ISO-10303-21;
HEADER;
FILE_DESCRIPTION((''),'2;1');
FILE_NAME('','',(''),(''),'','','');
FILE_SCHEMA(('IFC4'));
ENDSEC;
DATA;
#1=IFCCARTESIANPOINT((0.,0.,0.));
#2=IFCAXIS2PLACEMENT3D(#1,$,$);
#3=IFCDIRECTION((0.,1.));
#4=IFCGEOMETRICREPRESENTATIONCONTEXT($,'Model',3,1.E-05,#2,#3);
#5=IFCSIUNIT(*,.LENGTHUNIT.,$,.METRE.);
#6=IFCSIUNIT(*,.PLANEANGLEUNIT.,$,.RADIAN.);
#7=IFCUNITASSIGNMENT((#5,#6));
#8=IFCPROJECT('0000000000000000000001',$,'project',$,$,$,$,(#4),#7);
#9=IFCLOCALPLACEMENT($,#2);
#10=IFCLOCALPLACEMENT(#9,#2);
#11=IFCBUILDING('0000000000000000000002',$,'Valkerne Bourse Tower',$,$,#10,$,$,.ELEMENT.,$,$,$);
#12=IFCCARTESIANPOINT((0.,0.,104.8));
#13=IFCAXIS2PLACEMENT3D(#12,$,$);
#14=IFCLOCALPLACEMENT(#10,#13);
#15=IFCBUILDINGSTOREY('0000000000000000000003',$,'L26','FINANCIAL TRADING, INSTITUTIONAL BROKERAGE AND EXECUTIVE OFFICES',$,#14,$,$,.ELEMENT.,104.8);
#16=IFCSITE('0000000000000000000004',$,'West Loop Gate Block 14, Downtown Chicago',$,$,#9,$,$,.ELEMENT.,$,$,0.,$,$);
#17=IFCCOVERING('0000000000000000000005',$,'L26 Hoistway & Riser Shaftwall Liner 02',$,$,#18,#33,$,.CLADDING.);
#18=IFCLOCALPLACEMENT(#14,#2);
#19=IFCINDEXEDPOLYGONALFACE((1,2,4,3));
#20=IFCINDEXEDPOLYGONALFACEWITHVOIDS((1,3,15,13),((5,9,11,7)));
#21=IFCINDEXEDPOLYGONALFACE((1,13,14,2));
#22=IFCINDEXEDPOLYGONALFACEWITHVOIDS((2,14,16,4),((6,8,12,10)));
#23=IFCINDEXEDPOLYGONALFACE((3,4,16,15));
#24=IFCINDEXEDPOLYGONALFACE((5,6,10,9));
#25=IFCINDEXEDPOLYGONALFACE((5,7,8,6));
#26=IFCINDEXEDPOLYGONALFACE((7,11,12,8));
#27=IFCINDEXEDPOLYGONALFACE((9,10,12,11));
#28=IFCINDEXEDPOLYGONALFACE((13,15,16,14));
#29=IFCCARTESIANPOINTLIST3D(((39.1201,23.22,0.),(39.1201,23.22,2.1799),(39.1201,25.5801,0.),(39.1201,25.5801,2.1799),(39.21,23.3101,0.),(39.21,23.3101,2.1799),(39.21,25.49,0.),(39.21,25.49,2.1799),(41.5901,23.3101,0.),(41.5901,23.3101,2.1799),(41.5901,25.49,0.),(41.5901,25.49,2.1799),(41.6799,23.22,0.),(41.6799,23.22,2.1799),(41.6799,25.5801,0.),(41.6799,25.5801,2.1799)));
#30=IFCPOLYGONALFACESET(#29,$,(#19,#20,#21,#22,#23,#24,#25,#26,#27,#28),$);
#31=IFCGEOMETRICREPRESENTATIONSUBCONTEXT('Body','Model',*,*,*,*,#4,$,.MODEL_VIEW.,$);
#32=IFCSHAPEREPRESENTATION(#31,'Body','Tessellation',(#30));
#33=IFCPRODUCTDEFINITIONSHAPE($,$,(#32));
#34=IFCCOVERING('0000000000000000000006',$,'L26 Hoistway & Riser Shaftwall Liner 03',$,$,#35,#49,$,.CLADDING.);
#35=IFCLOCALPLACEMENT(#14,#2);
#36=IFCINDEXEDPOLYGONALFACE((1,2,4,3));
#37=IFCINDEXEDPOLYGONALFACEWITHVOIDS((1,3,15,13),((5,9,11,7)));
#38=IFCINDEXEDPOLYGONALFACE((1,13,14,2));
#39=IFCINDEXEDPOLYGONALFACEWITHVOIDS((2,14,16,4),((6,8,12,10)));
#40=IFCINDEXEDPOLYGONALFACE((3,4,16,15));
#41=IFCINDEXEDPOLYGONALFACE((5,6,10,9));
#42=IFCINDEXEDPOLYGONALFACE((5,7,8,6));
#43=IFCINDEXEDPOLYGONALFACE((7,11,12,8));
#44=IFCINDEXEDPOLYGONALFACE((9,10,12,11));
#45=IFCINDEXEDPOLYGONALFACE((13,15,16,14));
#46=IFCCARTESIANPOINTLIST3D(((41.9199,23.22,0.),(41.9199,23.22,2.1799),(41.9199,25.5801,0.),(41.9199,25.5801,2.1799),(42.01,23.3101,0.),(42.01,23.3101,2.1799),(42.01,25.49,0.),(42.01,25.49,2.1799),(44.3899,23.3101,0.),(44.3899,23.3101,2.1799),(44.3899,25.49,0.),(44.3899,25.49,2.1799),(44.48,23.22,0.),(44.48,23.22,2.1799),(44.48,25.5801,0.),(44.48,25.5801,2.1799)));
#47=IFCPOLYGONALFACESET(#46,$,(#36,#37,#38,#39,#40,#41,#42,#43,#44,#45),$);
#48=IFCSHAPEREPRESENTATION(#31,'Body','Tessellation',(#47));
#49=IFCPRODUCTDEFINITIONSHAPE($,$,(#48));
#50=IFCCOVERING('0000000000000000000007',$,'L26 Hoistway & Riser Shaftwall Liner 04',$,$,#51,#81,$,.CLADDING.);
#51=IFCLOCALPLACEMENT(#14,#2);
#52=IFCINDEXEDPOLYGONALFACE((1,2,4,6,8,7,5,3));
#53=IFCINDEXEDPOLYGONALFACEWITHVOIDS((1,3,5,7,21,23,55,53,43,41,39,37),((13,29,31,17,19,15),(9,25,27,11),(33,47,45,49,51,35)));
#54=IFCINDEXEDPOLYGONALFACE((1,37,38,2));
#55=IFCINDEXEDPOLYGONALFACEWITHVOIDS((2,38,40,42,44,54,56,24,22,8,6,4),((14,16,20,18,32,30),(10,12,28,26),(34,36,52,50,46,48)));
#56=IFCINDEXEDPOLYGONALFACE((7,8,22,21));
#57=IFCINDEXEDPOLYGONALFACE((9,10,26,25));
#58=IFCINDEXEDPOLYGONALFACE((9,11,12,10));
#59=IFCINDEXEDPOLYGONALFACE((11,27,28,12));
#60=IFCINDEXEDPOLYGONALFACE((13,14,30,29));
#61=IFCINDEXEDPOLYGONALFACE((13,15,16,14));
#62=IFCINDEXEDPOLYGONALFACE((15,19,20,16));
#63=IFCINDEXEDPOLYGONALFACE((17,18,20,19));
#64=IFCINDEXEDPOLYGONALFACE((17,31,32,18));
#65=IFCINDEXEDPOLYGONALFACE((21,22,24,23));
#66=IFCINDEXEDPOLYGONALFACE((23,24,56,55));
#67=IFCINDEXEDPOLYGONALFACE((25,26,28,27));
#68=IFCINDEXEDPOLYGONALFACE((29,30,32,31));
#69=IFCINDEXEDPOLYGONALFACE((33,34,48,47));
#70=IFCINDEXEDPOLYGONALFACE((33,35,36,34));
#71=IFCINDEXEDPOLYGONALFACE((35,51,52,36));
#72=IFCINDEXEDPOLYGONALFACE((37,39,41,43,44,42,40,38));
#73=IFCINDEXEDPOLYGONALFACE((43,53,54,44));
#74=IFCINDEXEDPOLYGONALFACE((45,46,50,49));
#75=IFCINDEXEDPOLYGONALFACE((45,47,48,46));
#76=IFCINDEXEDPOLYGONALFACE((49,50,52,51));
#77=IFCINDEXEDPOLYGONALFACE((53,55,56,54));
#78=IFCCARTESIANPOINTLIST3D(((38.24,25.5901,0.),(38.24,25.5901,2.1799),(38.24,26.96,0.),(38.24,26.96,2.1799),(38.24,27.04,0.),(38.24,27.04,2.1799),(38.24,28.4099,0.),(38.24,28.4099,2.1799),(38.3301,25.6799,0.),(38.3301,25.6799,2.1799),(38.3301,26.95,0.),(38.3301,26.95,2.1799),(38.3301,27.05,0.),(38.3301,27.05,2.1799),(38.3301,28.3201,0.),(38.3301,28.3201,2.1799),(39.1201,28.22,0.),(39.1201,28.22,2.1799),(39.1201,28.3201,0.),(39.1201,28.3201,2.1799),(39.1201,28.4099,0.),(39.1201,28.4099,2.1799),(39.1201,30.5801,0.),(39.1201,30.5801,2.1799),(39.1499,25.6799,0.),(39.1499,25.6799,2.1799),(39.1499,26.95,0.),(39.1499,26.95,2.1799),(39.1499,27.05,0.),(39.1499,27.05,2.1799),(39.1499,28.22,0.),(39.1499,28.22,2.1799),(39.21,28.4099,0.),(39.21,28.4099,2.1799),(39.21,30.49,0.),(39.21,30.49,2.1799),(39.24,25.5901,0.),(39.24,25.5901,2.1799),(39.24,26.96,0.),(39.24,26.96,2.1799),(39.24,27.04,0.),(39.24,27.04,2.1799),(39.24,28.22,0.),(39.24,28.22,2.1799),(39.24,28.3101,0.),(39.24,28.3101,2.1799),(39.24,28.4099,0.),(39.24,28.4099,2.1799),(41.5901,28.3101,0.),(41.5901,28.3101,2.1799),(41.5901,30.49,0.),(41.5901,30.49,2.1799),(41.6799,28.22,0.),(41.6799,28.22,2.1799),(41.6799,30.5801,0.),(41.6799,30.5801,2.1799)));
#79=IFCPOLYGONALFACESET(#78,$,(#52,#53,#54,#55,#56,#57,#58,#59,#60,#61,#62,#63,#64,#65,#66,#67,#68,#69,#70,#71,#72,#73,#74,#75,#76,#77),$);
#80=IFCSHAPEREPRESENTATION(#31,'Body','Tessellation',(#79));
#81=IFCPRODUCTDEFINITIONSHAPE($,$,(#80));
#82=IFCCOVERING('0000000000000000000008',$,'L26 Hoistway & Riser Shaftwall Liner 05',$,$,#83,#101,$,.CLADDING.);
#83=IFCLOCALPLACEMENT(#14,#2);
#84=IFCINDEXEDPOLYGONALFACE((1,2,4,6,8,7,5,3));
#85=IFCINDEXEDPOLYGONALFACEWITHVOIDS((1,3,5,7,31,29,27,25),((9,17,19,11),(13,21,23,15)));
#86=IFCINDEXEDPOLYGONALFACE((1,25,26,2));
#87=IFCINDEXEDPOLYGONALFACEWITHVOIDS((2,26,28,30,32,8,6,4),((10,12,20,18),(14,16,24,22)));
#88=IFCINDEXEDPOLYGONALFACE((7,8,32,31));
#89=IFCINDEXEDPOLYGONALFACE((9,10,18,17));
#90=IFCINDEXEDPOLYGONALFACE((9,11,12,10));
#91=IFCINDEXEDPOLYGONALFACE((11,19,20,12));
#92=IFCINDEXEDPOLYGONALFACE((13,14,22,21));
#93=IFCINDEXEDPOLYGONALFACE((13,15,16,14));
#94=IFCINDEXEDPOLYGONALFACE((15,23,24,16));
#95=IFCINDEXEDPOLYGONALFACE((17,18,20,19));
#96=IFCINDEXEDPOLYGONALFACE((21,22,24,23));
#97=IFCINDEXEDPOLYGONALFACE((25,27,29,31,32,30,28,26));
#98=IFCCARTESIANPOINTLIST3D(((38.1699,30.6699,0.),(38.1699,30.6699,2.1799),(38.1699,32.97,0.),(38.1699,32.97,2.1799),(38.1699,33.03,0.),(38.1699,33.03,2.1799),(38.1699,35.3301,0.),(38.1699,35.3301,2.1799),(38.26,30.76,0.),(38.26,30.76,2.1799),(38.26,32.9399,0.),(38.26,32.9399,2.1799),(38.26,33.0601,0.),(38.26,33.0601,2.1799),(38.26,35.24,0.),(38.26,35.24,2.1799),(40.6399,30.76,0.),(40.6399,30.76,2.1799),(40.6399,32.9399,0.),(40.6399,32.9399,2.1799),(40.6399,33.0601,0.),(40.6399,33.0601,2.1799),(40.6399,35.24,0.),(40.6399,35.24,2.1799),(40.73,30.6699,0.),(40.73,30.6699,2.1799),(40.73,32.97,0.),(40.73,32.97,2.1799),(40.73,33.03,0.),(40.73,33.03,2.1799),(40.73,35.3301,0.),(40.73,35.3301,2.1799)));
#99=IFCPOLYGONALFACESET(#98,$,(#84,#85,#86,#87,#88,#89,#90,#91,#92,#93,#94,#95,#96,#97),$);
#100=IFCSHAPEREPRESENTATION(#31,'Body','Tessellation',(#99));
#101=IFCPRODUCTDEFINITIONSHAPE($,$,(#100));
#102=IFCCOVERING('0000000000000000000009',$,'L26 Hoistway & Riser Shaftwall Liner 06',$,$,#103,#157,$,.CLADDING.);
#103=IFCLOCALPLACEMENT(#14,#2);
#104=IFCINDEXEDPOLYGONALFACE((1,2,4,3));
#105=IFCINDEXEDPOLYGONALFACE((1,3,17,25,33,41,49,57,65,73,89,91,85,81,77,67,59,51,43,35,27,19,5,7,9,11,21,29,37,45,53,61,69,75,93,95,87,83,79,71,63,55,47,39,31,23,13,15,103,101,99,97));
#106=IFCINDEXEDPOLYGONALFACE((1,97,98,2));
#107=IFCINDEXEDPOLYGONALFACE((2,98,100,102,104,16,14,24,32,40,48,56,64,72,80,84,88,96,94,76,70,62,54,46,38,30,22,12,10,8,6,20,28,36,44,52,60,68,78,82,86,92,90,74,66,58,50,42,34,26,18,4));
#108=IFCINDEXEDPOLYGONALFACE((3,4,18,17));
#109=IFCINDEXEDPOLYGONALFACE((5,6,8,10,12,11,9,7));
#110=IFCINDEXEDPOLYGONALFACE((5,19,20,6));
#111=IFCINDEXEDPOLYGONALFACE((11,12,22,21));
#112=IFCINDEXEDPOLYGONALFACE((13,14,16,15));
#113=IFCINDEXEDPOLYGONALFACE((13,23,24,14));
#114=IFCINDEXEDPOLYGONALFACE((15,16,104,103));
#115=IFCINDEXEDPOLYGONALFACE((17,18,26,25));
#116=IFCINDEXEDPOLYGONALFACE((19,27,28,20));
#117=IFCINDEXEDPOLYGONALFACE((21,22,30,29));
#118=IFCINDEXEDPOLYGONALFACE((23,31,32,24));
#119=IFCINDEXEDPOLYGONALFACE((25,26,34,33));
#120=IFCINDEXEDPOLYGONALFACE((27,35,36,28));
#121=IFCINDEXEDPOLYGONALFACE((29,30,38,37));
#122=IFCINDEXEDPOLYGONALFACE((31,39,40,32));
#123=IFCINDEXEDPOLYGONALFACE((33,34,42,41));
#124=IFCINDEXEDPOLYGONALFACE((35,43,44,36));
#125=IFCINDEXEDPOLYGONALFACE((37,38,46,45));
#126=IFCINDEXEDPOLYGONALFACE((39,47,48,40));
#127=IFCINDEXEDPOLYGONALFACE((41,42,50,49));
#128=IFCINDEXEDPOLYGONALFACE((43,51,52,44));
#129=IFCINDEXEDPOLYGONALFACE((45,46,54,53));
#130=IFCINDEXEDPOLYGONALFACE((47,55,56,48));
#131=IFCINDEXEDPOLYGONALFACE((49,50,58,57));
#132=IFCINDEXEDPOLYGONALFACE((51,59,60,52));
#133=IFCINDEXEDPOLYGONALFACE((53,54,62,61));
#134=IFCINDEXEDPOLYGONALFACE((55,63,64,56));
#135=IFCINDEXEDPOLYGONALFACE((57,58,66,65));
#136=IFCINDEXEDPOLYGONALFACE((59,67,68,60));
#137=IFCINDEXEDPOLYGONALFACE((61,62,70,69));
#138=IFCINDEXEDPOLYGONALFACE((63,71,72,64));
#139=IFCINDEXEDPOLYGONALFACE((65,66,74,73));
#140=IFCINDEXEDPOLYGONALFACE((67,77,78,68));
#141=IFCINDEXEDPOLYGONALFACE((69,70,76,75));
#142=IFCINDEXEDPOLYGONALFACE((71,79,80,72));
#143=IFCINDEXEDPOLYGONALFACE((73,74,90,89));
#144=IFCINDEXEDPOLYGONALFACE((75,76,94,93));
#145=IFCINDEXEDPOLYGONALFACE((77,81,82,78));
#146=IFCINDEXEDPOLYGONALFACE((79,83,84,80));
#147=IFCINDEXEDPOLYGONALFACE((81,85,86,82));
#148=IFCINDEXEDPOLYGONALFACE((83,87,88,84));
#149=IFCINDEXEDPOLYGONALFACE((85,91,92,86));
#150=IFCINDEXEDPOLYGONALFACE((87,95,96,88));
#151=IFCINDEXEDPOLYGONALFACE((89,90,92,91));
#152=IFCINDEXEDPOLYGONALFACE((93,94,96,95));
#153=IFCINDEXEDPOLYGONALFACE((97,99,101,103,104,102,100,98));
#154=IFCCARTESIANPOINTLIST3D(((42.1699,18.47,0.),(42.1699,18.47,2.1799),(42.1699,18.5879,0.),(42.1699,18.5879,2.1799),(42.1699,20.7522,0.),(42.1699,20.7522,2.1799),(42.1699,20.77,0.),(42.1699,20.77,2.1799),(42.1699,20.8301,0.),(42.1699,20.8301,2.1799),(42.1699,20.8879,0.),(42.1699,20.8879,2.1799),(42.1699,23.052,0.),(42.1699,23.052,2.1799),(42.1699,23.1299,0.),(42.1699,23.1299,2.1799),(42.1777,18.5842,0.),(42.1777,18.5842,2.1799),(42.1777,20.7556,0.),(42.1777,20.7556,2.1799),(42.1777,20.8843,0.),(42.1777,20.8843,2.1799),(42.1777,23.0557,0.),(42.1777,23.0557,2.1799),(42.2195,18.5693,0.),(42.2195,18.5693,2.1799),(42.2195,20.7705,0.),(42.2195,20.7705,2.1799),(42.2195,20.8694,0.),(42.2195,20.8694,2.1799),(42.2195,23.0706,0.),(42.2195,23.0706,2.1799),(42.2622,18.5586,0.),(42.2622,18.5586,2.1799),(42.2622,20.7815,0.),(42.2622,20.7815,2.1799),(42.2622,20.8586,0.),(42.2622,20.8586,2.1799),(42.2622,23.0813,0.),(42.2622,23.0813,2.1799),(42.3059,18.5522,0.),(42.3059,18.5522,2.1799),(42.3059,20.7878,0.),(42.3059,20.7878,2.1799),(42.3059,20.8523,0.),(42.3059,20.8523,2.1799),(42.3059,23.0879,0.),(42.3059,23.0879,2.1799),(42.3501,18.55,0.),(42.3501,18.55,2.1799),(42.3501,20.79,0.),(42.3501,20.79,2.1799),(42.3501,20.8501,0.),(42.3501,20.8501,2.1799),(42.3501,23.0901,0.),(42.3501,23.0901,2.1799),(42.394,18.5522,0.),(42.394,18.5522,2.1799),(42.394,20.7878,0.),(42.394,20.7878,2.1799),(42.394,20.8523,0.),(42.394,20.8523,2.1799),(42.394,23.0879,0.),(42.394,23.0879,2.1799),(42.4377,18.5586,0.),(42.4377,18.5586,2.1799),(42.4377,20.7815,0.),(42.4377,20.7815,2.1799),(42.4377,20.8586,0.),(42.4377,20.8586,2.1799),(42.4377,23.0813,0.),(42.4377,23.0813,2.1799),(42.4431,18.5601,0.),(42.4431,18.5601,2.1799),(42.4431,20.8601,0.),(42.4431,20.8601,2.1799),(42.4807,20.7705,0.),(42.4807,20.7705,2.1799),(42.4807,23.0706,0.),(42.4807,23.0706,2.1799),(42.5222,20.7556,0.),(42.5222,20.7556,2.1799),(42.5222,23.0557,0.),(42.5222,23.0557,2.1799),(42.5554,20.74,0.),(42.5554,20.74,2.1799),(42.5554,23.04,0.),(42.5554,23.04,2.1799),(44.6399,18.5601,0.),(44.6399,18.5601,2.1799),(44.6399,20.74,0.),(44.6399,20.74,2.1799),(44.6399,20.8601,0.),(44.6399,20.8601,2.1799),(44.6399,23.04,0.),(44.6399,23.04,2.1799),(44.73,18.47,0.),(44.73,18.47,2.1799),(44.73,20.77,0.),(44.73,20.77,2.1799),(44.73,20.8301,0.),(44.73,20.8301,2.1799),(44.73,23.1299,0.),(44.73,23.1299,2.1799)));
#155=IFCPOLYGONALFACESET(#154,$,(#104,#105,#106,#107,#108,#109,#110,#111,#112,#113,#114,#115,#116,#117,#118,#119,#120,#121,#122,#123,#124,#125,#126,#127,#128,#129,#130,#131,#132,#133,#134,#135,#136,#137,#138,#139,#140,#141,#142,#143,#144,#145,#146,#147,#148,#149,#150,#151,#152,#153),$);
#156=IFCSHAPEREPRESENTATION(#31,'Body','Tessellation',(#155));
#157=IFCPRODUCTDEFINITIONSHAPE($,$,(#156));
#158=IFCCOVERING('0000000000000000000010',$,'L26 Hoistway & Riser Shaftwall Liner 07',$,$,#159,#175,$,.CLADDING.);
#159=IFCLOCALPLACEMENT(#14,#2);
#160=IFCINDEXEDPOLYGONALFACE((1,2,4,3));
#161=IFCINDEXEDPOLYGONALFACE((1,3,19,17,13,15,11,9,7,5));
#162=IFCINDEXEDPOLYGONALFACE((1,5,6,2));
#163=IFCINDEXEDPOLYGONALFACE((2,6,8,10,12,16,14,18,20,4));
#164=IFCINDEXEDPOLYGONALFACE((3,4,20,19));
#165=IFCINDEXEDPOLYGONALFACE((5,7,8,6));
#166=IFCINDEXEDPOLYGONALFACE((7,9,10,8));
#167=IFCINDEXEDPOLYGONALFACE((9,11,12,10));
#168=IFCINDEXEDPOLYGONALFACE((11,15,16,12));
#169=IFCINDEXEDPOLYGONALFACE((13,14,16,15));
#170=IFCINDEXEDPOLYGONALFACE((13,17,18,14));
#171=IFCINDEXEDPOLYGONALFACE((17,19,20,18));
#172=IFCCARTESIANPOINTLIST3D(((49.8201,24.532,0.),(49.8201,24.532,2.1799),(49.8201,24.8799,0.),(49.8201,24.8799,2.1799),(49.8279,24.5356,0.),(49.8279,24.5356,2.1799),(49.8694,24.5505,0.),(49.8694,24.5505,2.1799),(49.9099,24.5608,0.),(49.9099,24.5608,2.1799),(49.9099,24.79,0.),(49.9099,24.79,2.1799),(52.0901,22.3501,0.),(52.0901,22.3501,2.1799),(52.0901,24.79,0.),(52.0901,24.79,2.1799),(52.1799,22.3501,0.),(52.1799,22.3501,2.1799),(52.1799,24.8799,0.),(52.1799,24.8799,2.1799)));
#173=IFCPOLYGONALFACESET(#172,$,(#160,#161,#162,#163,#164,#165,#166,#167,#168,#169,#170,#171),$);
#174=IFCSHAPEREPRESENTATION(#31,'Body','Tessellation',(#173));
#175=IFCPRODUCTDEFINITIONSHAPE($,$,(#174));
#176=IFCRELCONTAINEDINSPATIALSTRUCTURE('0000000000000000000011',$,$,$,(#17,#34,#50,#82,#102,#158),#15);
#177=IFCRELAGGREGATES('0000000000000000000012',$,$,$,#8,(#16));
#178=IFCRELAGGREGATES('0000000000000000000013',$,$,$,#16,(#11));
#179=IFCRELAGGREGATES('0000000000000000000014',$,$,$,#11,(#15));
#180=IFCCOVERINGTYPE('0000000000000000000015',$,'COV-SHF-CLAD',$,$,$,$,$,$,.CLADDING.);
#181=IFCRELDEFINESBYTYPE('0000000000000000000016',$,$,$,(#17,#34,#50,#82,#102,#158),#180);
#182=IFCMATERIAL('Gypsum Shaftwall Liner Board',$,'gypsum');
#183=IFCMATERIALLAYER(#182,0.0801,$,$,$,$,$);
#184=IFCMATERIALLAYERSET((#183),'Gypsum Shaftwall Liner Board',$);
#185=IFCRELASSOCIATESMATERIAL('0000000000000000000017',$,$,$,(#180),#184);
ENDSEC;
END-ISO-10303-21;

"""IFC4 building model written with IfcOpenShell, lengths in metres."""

from ifc_helpers import new_model, si_unit, direction, frame, origin, place, context, subcontext, project, spatial, polyline, outline, extrude, material, layer, layer_set, type_object, element, save


model = new_model("IFC4")

# Units and contexts
model_context = context("Model", 3, precision=1e-05, world=origin(), true_north=direction((0.0, 1.0)))
body_context = subcontext(model_context, "Body", "Model", "MODEL_VIEW")
ifc_project = project(units=[si_unit("LENGTHUNIT", "METRE"), si_unit("PLANEANGLEUNIT", "RADIAN")], contexts=[model_context])

# Site, building, storey
site_placement = place(None, origin())
site = spatial("IfcSite", under=ifc_project, at=site_placement, Name="West Loop Gate Block 14, Downtown Chicago", CompositionType="ELEMENT", RefElevation=0.0)
building_placement = place(site_placement, origin())
building = spatial("IfcBuilding", under=site, at=building_placement, Name="Valkerne Bourse Tower", CompositionType="ELEMENT")
storey_placement = place(building_placement, frame((0.0, 0.0, 104.8)))
storey = spatial("IfcBuildingStorey", under=building, at=storey_placement, Name="L26", Description="FINANCIAL TRADING, INSTITUTIONAL BROKERAGE AND EXECUTIVE OFFICES", CompositionType="ELEMENT", Elevation=104.8)

# Coverings
ifc_material_1 = material(Name="Gypsum Shaftwall Liner Board", Category="gypsum")
ifc_layer_1 = layer(ifc_material_1, 0.0801)
ifc_layer_set_1 = layer_set([ifc_layer_1], Name="Gypsum Shaftwall Liner Board")
covering_type_1 = type_object("IfcCoveringType", Name="COV-SHF-CLAD", PredefinedType="CLADDING", material=ifc_layer_set_1)
covering_1_placement = place(storey_placement, origin())
element("IfcCovering", 1, at=covering_1_placement, inside=storey, type_object=covering_type_1, Name="L26 Hoistway & Riser Shaftwall Liner 02", PredefinedType="CLADDING", context=body_context, shape_type="SweptSolid", body=[
    extrude(outline(polyline([(41.6799, 23.22), (39.1201, 23.22), (39.1201, 25.5801), (41.6799, 25.5801), (41.6799, 23.22)]), holes=[polyline([(39.21, 25.49), (39.21, 23.3101), (41.5901, 23.3101), (41.5901, 25.49), (39.21, 25.49)])]), origin(), (0.0, 0.0, 1.0), 2.1799),
])
covering_2_placement = place(storey_placement, origin())
element("IfcCovering", 2, at=covering_2_placement, inside=storey, type_object=covering_type_1, Name="L26 Hoistway & Riser Shaftwall Liner 03", PredefinedType="CLADDING", context=body_context, shape_type="SweptSolid", body=[
    extrude(outline(polyline([(44.48, 23.22), (41.9199, 23.22), (41.9199, 25.5801), (44.48, 25.5801), (44.48, 23.22)]), holes=[polyline([(42.01, 25.49), (42.01, 23.3101), (44.3899, 23.3101), (44.3899, 25.49), (42.01, 25.49)])]), origin(), (0.0, 0.0, 1.0), 2.1799),
])
covering_3_placement = place(storey_placement, origin())
element("IfcCovering", 3, at=covering_3_placement, inside=storey, type_object=covering_type_1, Name="L26 Hoistway & Riser Shaftwall Liner 04", PredefinedType="CLADDING", context=body_context, shape_type="SweptSolid", body=[
    extrude(outline(polyline([(38.24, 28.4099), (39.1201, 28.4099), (39.1201, 30.5801), (41.6799, 30.5801), (41.6799, 28.22), (39.24, 28.22), (39.24, 27.04), (39.24, 26.96), (39.24, 25.5901), (38.24, 25.5901), (38.24, 26.96), (38.24, 27.04), (38.24, 28.4099)]), holes=[polyline([(39.21, 30.49), (39.21, 28.4099), (39.24, 28.4099), (39.24, 28.3101), (41.5901, 28.3101), (41.5901, 30.49), (39.21, 30.49)]), polyline([(38.3301, 26.95), (38.3301, 25.6799), (39.1499, 25.6799), (39.1499, 26.95), (38.3301, 26.95)]), polyline([(39.1201, 28.22), (39.1201, 28.3201), (38.3301, 28.3201), (38.3301, 27.05), (39.1499, 27.05), (39.1499, 28.22), (39.1201, 28.22)])]), origin(), (0.0, 0.0, 1.0), 2.1799),
])
covering_4_placement = place(storey_placement, origin())
element("IfcCovering", 4, at=covering_4_placement, inside=storey, type_object=covering_type_1, Name="L26 Hoistway & Riser Shaftwall Liner 05", PredefinedType="CLADDING", context=body_context, shape_type="SweptSolid", body=[
    extrude(outline(polyline([(38.1699, 35.3301), (40.73, 35.3301), (40.73, 33.03), (40.73, 32.97), (40.73, 30.6699), (38.1699, 30.6699), (38.1699, 32.97), (38.1699, 33.03), (38.1699, 35.3301)]), holes=[polyline([(38.26, 32.9399), (38.26, 30.76), (40.6399, 30.76), (40.6399, 32.9399), (38.26, 32.9399)]), polyline([(38.26, 35.24), (38.26, 33.0601), (40.6399, 33.0601), (40.6399, 35.24), (38.26, 35.24)])]), origin(), (0.0, 0.0, 1.0), 2.1799),
])
covering_5_placement = place(storey_placement, origin())
element("IfcCovering", 5, at=covering_5_placement, inside=storey, type_object=covering_type_1, Name="L26 Hoistway & Riser Shaftwall Liner 06", PredefinedType="CLADDING", context=body_context, shape_type="SweptSolid", body=[
    extrude(outline(polyline([(42.1699, 20.8301), (42.1699, 20.8879), (42.1777, 20.8843), (42.2195, 20.8694), (42.2622, 20.8586), (42.3059, 20.8523), (42.3501, 20.8501), (42.394, 20.8523), (42.4377, 20.8586), (42.4431, 20.8601), (44.6399, 20.8601), (44.6399, 23.04), (42.5554, 23.04), (42.5222, 23.0557), (42.4807, 23.0706), (42.4377, 23.0813), (42.394, 23.0879), (42.3501, 23.0901), (42.3059, 23.0879), (42.2622, 23.0813), (42.2195, 23.0706), (42.1777, 23.0557), (42.1699, 23.052), (42.1699, 23.1299), (44.73, 23.1299), (44.73, 20.8301), (44.73, 20.77), (44.73, 18.47), (42.1699, 18.47), (42.1699, 18.5879), (42.1777, 18.5842), (42.2195, 18.5693), (42.2622, 18.5586), (42.3059, 18.5522), (42.3501, 18.55), (42.394, 18.5522), (42.4377, 18.5586), (42.4431, 18.5601), (44.6399, 18.5601), (44.6399, 20.74), (42.5554, 20.74), (42.5222, 20.7556), (42.4807, 20.7705), (42.4377, 20.7815), (42.394, 20.7878), (42.3501, 20.79), (42.3059, 20.7878), (42.2622, 20.7815), (42.2195, 20.7705), (42.1777, 20.7556), (42.1699, 20.7522), (42.1699, 20.77), (42.1699, 20.8301)])), origin(), (0.0, 0.0, 1.0), 2.1799),
])
covering_6_placement = place(storey_placement, origin())
element("IfcCovering", 6, at=covering_6_placement, inside=storey, type_object=covering_type_1, Name="L26 Hoistway & Riser Shaftwall Liner 07", PredefinedType="CLADDING", context=body_context, shape_type="SweptSolid", body=[
    extrude(outline(polyline([(52.1799, 22.3501), (52.0901, 22.3501), (52.0901, 24.79), (49.9099, 24.79), (49.9099, 24.5608), (49.8694, 24.5505), (49.8279, 24.5356), (49.8201, 24.532), (49.8201, 24.8799), (52.1799, 24.8799), (52.1799, 22.3501)])), origin(), (0.0, 0.0, 1.0), 2.1799),
])

save(model, "model.ifc")
